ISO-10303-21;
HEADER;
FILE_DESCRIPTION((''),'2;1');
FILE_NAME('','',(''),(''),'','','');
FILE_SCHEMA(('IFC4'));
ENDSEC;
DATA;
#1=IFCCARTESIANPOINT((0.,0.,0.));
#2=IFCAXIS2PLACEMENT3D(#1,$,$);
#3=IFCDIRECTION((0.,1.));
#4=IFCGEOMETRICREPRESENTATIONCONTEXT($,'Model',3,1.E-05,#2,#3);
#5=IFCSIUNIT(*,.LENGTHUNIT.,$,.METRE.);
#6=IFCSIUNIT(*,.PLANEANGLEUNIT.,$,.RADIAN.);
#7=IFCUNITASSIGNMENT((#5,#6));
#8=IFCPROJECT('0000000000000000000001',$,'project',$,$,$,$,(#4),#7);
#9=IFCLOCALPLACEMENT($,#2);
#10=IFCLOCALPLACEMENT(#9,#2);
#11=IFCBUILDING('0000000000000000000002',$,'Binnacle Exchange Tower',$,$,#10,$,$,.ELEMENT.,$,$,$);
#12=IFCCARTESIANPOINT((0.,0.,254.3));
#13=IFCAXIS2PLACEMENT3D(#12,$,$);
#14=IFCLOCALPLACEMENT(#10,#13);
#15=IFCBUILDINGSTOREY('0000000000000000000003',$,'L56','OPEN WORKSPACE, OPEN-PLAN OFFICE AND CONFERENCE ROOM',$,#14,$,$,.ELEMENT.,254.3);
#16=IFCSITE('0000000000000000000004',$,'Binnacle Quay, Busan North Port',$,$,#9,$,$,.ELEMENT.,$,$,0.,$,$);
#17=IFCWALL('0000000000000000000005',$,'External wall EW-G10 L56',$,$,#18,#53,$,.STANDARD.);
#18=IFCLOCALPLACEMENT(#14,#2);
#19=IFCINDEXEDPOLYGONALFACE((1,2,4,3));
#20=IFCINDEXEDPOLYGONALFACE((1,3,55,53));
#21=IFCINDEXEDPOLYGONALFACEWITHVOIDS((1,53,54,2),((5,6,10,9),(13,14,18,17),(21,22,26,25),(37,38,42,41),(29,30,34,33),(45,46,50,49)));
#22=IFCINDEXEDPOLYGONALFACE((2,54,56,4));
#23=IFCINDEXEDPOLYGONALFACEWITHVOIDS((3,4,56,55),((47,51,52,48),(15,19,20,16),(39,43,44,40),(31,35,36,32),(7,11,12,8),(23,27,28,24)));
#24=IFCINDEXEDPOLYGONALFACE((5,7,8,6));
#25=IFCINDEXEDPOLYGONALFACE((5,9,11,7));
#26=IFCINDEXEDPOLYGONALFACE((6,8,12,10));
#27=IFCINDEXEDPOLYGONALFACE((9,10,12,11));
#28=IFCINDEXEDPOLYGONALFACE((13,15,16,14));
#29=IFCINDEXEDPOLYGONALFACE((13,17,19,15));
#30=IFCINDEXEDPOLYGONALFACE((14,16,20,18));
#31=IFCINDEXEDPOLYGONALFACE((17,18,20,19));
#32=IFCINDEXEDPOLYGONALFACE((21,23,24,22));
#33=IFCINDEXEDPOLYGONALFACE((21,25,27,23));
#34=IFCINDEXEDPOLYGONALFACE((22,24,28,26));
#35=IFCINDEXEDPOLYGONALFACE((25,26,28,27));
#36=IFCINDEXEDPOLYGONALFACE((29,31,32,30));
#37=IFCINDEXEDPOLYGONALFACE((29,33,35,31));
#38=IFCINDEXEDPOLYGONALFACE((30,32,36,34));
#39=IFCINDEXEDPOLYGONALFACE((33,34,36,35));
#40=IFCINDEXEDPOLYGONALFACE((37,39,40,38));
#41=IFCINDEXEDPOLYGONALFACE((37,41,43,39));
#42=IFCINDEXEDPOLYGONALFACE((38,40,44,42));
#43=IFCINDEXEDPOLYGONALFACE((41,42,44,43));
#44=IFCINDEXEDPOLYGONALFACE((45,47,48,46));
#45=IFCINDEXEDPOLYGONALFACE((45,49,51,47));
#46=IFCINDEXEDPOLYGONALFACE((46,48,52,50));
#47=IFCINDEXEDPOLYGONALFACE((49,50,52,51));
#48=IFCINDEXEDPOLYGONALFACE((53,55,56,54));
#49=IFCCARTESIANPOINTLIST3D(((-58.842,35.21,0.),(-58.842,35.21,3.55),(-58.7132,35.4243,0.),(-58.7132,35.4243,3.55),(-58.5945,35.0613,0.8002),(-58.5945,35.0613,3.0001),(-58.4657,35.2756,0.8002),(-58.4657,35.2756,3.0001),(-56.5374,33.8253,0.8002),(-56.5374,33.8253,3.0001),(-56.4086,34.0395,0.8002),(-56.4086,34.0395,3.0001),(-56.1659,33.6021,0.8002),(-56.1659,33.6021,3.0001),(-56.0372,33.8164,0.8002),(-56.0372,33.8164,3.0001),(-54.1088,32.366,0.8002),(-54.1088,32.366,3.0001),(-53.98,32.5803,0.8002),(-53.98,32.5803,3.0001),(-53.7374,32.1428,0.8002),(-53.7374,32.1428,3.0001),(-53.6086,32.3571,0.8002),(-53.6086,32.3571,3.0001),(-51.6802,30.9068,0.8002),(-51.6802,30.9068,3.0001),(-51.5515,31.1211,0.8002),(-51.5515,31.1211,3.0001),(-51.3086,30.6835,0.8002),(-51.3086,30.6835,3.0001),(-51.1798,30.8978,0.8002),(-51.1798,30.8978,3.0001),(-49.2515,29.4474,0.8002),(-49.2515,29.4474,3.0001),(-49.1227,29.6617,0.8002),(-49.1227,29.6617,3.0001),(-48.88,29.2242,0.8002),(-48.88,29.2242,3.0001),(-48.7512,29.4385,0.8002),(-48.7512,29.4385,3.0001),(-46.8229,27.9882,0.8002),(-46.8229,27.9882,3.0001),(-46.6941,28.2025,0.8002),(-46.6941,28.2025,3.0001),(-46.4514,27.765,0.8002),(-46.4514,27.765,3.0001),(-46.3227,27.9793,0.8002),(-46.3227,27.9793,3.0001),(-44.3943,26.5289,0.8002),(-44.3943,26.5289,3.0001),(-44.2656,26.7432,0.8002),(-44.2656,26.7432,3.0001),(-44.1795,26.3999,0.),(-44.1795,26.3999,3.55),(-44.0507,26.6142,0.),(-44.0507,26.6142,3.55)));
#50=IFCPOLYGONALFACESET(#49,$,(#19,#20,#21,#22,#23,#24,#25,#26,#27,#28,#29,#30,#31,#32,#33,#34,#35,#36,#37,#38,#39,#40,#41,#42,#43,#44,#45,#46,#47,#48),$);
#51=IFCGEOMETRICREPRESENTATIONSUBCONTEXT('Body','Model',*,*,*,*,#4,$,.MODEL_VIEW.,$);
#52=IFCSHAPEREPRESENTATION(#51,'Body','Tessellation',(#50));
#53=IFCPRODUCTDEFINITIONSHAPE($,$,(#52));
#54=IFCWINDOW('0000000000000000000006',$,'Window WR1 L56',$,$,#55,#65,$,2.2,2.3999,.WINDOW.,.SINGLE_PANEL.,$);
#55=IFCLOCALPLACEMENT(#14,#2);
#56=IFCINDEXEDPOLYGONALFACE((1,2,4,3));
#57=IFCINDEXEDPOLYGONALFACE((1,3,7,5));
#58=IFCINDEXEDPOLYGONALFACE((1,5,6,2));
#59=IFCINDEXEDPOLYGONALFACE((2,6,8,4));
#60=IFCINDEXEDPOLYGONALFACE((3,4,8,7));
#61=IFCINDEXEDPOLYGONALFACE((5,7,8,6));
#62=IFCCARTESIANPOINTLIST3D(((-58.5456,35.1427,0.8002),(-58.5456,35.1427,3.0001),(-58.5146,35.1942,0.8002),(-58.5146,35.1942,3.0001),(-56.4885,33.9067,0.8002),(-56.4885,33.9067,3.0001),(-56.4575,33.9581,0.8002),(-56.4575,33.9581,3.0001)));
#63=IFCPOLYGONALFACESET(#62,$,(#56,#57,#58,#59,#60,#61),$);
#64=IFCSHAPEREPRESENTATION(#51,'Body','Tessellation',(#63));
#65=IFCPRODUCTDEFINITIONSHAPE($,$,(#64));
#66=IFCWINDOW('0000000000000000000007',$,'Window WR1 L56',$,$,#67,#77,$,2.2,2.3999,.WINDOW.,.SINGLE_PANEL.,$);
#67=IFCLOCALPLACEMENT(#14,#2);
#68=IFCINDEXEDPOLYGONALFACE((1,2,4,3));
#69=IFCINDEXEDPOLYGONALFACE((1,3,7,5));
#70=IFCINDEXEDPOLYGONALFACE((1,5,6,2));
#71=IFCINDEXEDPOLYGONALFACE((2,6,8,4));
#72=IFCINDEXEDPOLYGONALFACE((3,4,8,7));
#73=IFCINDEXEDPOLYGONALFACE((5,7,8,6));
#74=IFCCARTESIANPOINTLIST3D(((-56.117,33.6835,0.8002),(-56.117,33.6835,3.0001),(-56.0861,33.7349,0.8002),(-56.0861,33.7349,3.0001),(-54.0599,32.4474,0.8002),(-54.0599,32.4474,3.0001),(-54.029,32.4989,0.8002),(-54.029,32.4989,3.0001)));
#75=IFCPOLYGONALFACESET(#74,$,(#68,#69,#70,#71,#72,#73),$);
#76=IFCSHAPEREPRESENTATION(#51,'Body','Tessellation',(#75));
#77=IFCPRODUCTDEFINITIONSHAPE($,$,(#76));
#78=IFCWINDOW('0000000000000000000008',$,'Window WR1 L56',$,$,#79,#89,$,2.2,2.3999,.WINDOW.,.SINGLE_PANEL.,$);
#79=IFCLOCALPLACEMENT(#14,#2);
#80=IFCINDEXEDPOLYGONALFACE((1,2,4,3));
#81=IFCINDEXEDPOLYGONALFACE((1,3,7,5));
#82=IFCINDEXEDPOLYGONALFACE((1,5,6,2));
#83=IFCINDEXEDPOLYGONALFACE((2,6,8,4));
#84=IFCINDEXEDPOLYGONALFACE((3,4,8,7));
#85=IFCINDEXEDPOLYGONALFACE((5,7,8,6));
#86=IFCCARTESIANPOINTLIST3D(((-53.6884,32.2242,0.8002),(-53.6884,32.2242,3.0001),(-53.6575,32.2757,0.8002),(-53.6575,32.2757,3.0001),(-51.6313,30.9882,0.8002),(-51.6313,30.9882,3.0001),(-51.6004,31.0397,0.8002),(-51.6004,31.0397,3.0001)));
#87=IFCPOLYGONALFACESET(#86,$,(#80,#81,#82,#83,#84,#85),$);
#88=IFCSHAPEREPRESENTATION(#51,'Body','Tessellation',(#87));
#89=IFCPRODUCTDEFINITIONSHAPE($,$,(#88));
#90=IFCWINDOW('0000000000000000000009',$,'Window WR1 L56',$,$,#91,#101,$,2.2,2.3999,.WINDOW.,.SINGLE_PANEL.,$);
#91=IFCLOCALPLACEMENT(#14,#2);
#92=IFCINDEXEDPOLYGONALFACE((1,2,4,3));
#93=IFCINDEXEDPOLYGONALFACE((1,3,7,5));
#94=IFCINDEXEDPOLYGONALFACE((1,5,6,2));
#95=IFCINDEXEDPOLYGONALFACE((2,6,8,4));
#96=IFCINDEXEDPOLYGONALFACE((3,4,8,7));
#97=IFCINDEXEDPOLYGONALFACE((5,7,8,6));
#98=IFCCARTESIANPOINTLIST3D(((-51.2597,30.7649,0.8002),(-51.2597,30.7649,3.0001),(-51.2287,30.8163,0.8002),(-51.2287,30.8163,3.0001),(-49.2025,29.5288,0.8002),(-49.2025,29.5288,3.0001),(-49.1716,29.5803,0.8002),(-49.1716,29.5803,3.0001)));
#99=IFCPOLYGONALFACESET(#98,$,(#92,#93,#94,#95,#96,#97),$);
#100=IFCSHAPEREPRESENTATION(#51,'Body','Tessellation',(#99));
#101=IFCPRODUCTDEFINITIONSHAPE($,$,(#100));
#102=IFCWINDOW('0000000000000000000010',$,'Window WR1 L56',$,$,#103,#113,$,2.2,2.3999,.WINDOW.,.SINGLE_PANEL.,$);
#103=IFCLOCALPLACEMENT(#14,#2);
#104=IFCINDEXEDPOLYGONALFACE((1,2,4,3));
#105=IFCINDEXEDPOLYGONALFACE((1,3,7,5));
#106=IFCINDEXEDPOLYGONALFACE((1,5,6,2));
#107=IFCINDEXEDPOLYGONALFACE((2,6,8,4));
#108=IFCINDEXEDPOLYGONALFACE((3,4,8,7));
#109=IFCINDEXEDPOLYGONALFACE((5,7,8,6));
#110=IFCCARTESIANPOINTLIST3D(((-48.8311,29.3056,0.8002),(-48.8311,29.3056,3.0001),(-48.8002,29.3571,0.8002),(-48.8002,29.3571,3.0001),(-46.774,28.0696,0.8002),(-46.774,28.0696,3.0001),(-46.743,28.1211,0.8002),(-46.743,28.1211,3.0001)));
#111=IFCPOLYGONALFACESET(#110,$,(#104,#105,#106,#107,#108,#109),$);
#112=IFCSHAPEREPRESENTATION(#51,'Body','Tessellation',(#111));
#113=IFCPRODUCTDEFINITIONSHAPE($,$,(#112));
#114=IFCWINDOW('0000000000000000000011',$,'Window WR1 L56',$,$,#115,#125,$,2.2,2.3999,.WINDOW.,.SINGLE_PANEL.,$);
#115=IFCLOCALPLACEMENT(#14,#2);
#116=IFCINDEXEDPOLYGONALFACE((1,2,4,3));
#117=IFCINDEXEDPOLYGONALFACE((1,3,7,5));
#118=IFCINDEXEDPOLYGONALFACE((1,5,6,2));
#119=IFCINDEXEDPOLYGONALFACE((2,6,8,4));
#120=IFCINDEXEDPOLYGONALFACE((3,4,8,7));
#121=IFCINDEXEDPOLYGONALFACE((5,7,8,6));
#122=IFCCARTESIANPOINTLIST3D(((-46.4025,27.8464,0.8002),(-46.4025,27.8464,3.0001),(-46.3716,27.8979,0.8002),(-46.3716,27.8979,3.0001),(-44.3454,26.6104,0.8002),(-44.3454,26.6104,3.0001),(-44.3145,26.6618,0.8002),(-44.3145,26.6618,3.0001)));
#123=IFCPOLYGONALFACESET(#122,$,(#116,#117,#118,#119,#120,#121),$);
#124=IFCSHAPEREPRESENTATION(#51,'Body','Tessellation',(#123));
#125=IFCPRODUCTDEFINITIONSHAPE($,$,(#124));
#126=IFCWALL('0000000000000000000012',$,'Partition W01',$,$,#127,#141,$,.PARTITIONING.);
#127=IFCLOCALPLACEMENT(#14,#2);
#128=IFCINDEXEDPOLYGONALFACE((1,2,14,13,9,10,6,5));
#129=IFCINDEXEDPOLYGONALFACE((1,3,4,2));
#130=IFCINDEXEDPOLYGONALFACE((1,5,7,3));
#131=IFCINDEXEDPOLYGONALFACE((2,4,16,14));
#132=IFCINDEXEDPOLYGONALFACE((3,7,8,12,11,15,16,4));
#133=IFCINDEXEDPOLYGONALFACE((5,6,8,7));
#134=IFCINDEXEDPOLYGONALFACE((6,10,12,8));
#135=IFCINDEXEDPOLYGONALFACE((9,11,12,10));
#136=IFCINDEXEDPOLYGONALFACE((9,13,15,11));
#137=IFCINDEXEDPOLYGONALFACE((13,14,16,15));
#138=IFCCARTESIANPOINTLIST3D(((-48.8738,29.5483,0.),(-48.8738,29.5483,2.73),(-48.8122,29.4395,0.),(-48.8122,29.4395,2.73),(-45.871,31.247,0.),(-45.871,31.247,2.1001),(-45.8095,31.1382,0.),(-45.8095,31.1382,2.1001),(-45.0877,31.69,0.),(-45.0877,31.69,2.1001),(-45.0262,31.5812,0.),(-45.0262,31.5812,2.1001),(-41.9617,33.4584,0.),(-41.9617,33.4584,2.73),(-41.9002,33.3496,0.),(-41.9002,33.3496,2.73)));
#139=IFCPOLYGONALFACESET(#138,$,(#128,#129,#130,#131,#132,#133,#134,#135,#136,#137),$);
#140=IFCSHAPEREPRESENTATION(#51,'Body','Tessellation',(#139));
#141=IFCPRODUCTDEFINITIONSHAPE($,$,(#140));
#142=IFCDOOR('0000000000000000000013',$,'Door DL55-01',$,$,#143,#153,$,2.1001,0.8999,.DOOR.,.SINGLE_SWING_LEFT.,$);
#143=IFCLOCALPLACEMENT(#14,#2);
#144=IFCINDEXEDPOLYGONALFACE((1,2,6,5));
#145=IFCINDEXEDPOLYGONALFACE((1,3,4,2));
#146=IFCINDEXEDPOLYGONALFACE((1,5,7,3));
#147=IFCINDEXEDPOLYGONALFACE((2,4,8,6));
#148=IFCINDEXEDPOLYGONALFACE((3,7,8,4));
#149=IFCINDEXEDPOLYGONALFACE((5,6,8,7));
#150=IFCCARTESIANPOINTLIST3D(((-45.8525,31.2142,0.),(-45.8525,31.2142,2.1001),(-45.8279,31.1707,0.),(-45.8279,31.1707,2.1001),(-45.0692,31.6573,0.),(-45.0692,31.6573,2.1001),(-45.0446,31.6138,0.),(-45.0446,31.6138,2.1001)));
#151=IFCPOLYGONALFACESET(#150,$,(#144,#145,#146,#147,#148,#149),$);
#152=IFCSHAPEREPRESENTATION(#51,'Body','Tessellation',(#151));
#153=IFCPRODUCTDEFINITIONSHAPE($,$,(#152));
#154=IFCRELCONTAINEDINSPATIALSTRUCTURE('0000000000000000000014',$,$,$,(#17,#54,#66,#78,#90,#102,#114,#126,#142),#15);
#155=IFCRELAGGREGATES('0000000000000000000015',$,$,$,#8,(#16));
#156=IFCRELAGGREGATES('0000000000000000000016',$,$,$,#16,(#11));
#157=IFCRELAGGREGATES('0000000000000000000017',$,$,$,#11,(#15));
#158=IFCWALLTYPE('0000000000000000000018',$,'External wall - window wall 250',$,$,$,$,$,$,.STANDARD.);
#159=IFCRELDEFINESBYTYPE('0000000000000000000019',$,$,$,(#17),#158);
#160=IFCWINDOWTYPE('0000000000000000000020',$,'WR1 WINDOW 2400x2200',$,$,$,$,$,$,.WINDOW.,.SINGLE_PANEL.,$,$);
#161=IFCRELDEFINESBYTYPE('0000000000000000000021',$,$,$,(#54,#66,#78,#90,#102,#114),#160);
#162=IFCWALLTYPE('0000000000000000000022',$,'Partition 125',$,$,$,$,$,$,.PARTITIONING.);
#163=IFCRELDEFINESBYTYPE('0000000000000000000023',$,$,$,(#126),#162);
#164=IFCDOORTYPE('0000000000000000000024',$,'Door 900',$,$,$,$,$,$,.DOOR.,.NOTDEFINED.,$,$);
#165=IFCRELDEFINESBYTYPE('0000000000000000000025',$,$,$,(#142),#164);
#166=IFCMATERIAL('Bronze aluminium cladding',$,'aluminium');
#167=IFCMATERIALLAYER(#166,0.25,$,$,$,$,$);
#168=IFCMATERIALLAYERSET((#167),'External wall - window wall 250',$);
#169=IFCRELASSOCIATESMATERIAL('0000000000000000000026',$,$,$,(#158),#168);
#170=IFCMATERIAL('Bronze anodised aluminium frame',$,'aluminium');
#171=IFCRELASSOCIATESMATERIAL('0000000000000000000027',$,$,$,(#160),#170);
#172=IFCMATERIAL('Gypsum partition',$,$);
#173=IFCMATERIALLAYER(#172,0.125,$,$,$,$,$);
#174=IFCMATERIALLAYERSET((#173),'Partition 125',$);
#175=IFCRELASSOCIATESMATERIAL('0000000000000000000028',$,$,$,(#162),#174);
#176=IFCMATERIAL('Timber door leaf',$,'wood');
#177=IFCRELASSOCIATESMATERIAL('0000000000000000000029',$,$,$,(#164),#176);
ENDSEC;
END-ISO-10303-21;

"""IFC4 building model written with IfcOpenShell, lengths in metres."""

from ifc_helpers import new_model, si_unit, direction, frame, frame_2d, origin, place, context, subcontext, project, spatial, rectangle, extrude, material, layer, layer_set, type_object, element, fill, save


model = new_model("IFC4")

# Units and contexts
model_context = context("Model", 3, precision=1e-05, world=origin(), true_north=direction((0.0, 1.0)))
body_context = subcontext(model_context, "Body", "Model", "MODEL_VIEW")
ifc_project = project(units=[si_unit("LENGTHUNIT", "METRE"), si_unit("PLANEANGLEUNIT", "RADIAN")], contexts=[model_context])

# Site, building, storey
site_placement = place(None, origin())
site = spatial("IfcSite", under=ifc_project, at=site_placement, Name="Binnacle Quay, Busan North Port", CompositionType="ELEMENT", RefElevation=0.0)
building_placement = place(site_placement, origin())
building = spatial("IfcBuilding", under=site, at=building_placement, Name="Binnacle Exchange Tower", CompositionType="ELEMENT")
storey_placement = place(building_placement, frame((0.0, 0.0, 254.3)))
storey = spatial("IfcBuildingStorey", under=building, at=storey_placement, Name="L56", Description="OPEN WORKSPACE, OPEN-PLAN OFFICE AND CONFERENCE ROOM", CompositionType="ELEMENT", Elevation=254.3)

# Shared definitions
ifc_material_1 = material(Name="Bronze aluminium cladding", Category="aluminium")
ifc_layer_1 = layer(ifc_material_1, 0.25)
ifc_layer_set_1 = layer_set([ifc_layer_1], Name="External wall - window wall 250")
wall_type_1 = type_object("IfcWallType", Name="External wall - window wall 250", PredefinedType="STANDARD", material=ifc_layer_set_1)

# Wall, openings, windows
wall_1_placement = place(storey_placement, frame((-44.1152, 26.5071, 0.0), z_axis=(0.0, 0.0, 1.0), x_axis=(-0.857167, 0.515039, 0.0)))
wall_1 = element("IfcWall", 1, at=wall_1_placement, inside=storey, type_object=wall_type_1, Name="External wall EW-G10 L56", PredefinedType="STANDARD", context=body_context, shape_type="SweptSolid", body=[
    extrude(rectangle(XDim=17.1057, YDim=0.25, at=frame_2d((8.5527, 0.0))), origin(), (0.0, 0.0, 1.0), 3.55),
])
opening_1_placement = place(wall_1_placement, frame((14.417, 0.0, 0.8)))
opening_1 = element("IfcOpeningElement", 2, at=opening_1_placement, cuts=wall_1, PredefinedType="OPENING", context=body_context, shape_type="SweptSolid", body=[
    extrude(rectangle(XDim=2.3999, YDim=2.2, at=frame_2d((1.2, 1.1001))), frame((0.0, 0.135, 0.0), z_axis=(0.0, -1.0, 0.0), x_axis=(1.0, 0.0, 0.0)), (0.0, 0.0, 1.0), 0.27),
])
opening_2_placement = place(wall_1_placement, frame((11.5837, 0.0, 0.8)))
opening_2 = element("IfcOpeningElement", 3, at=opening_2_placement, cuts=wall_1, PredefinedType="OPENING", context=body_context, shape_type="SweptSolid", body=[
    extrude(rectangle(XDim=2.3999, YDim=2.2, at=frame_2d((1.2, 1.1001))), frame((0.0, 0.135, 0.0), z_axis=(0.0, -1.0, 0.0), x_axis=(1.0, 0.0, 0.0)), (0.0, 0.0, 1.0), 0.27),
])
opening_3_placement = place(wall_1_placement, frame((8.7505, 0.0, 0.8)))
opening_3 = element("IfcOpeningElement", 4, at=opening_3_placement, cuts=wall_1, PredefinedType="OPENING", context=body_context, shape_type="SweptSolid", body=[
    extrude(rectangle(XDim=2.3999, YDim=2.2, at=frame_2d((1.2, 1.1001))), frame((0.0, 0.135, 0.0), z_axis=(0.0, -1.0, 0.0), x_axis=(1.0, 0.0, 0.0)), (0.0, 0.0, 1.0), 0.27),
])
opening_4_placement = place(wall_1_placement, frame((5.917, 0.0, 0.8)))
opening_4 = element("IfcOpeningElement", 5, at=opening_4_placement, cuts=wall_1, PredefinedType="OPENING", context=body_context, shape_type="SweptSolid", body=[
    extrude(rectangle(XDim=2.3999, YDim=2.2, at=frame_2d((1.2, 1.1001))), frame((0.0, 0.135, 0.0), z_axis=(0.0, -1.0, 0.0), x_axis=(1.0, 0.0, 0.0)), (0.0, 0.0, 1.0), 0.27),
])
opening_5_placement = place(wall_1_placement, frame((3.0837, 0.0, 0.8)))
opening_5 = element("IfcOpeningElement", 6, at=opening_5_placement, cuts=wall_1, PredefinedType="OPENING", context=body_context, shape_type="SweptSolid", body=[
    extrude(rectangle(XDim=2.3999, YDim=2.2, at=frame_2d((1.2, 1.1001))), frame((0.0, 0.135, 0.0), z_axis=(0.0, -1.0, 0.0), x_axis=(1.0, 0.0, 0.0)), (0.0, 0.0, 1.0), 0.27),
])
opening_6_placement = place(wall_1_placement, frame((0.2505, 0.0, 0.8)))
opening_6 = element("IfcOpeningElement", 7, at=opening_6_placement, cuts=wall_1, PredefinedType="OPENING", context=body_context, shape_type="SweptSolid", body=[
    extrude(rectangle(XDim=2.3999, YDim=2.2, at=frame_2d((1.2, 1.1001))), frame((0.0, 0.135, 0.0), z_axis=(0.0, -1.0, 0.0), x_axis=(1.0, 0.0, 0.0)), (0.0, 0.0, 1.0), 0.27),
])
ifc_material_2 = material(Name="Bronze anodised aluminium frame", Category="aluminium")
window_type = type_object("IfcWindowType", Name="WR1 WINDOW 2400x2200", PartitioningType="SINGLE_PANEL", PredefinedType="WINDOW", material=ifc_material_2)
window_1_placement = place(opening_1_placement, origin())
window_1 = element("IfcWindow", 8, at=window_1_placement, inside=storey, type_object=window_type, Name="Window WR1 L56", OverallHeight=2.2, OverallWidth=2.3999, PartitioningType="SINGLE_PANEL", PredefinedType="WINDOW", context=body_context, shape_type="SweptSolid", body=[
    extrude(rectangle(XDim=2.3999, YDim=2.2, at=frame_2d((1.2, 1.1001))), frame((0.0, 0.03, 0.0), z_axis=(0.0, -1.0, 0.0), x_axis=(1.0, 0.0, 0.0)), (0.0, 0.0, 1.0), 0.0601),
])
fill(opening_1, window_1)
window_2_placement = place(opening_2_placement, origin())
window_2 = element("IfcWindow", 9, at=window_2_placement, inside=storey, type_object=window_type, Name="Window WR1 L56", OverallHeight=2.2, OverallWidth=2.3999, PartitioningType="SINGLE_PANEL", PredefinedType="WINDOW", context=body_context, shape_type="SweptSolid", body=[
    extrude(rectangle(XDim=2.3999, YDim=2.2, at=frame_2d((1.2, 1.1001))), frame((0.0, 0.03, 0.0), z_axis=(0.0, -1.0, 0.0), x_axis=(1.0, 0.0, 0.0)), (0.0, 0.0, 1.0), 0.0601),
])
fill(opening_2, window_2)
window_3_placement = place(opening_3_placement, origin())
window_3 = element("IfcWindow", 10, at=window_3_placement, inside=storey, type_object=window_type, Name="Window WR1 L56", OverallHeight=2.2, OverallWidth=2.3999, PartitioningType="SINGLE_PANEL", PredefinedType="WINDOW", context=body_context, shape_type="SweptSolid", body=[
    extrude(rectangle(XDim=2.3999, YDim=2.2, at=frame_2d((1.2, 1.1001))), frame((0.0, 0.03, 0.0), z_axis=(0.0, -1.0, 0.0), x_axis=(1.0, 0.0, 0.0)), (0.0, 0.0, 1.0), 0.0601),
])
fill(opening_3, window_3)
window_4_placement = place(opening_4_placement, origin())
window_4 = element("IfcWindow", 11, at=window_4_placement, inside=storey, type_object=window_type, Name="Window WR1 L56", OverallHeight=2.2, OverallWidth=2.3999, PartitioningType="SINGLE_PANEL", PredefinedType="WINDOW", context=body_context, shape_type="SweptSolid", body=[
    extrude(rectangle(XDim=2.3999, YDim=2.2, at=frame_2d((1.2, 1.1001))), frame((0.0, 0.03, 0.0), z_axis=(0.0, -1.0, 0.0), x_axis=(1.0, 0.0, 0.0)), (0.0, 0.0, 1.0), 0.0601),
])
fill(opening_4, window_4)
window_5_placement = place(opening_5_placement, origin())
window_5 = element("IfcWindow", 12, at=window_5_placement, inside=storey, type_object=window_type, Name="Window WR1 L56", OverallHeight=2.2, OverallWidth=2.3999, PartitioningType="SINGLE_PANEL", PredefinedType="WINDOW", context=body_context, shape_type="SweptSolid", body=[
    extrude(rectangle(XDim=2.3999, YDim=2.2, at=frame_2d((1.2, 1.1001))), frame((0.0, 0.03, 0.0), z_axis=(0.0, -1.0, 0.0), x_axis=(1.0, 0.0, 0.0)), (0.0, 0.0, 1.0), 0.0601),
])
fill(opening_5, window_5)
window_6_placement = place(opening_6_placement, origin())
window_6 = element("IfcWindow", 13, at=window_6_placement, inside=storey, type_object=window_type, Name="Window WR1 L56", OverallHeight=2.2, OverallWidth=2.3999, PartitioningType="SINGLE_PANEL", PredefinedType="WINDOW", context=body_context, shape_type="SweptSolid", body=[
    extrude(rectangle(XDim=2.3999, YDim=2.2, at=frame_2d((1.2, 1.1001))), frame((0.0, 0.03, 0.0), z_axis=(0.0, -1.0, 0.0), x_axis=(1.0, 0.0, 0.0)), (0.0, 0.0, 1.0), 0.0601),
])
fill(opening_6, window_6)

# Wall, opening, door
ifc_material_3 = material(Name="Gypsum partition")
ifc_layer_2 = layer(ifc_material_3, 0.125)
ifc_layer_set_2 = layer_set([ifc_layer_2], Name="Partition 125")
wall_type_2 = type_object("IfcWallType", Name="Partition 125", PredefinedType="PARTITIONING", material=ifc_layer_set_2)
wall_2_placement = place(storey_placement, frame((-48.843, 29.4939, 0.0), z_axis=(0.0, 0.0, 1.0), x_axis=(0.870384, 0.492373, 0.0)))
wall_2 = element("IfcWall", 14, at=wall_2_placement, inside=storey, type_object=wall_type_2, Name="Partition W01", PredefinedType="PARTITIONING", context=body_context, shape_type="SweptSolid", body=[
    extrude(rectangle(XDim=7.9414, YDim=0.125, at=frame_2d((3.9707, 0.0))), origin(), (0.0, 0.0, 1.0), 2.73),
])
opening_7_placement = place(wall_2_placement, frame((3.45, 0.0, 0.0)))
opening_7 = element("IfcOpeningElement", 15, at=opening_7_placement, cuts=wall_2, PredefinedType="OPENING", context=body_context, shape_type="SweptSolid", body=[
    extrude(rectangle(XDim=0.8999, YDim=2.1001, at=frame_2d((0.45, 1.05))), frame((0.0, 0.0725, 0.0), z_axis=(0.0, -1.0, 0.0), x_axis=(1.0, 0.0, 0.0)), (0.0, 0.0, 1.0), 0.145),
])
ifc_material_4 = material(Name="Timber door leaf", Category="wood")
door_type_1 = type_object("IfcDoorType", Name="Door 900", OperationType="NOTDEFINED", PredefinedType="DOOR", material=ifc_material_4)
door_1_placement = place(opening_7_placement, origin())
door_1 = element("IfcDoor", 16, at=door_1_placement, inside=storey, type_object=door_type_1, Name="Door DL55-01", OperationType="SINGLE_SWING_LEFT", OverallHeight=2.1001, OverallWidth=0.8999, PredefinedType="DOOR", context=body_context, shape_type="SweptSolid", body=[
    extrude(rectangle(XDim=0.8999, YDim=2.1001, at=frame_2d((0.45, 1.05))), frame((0.0, 0.0249, 0.0), z_axis=(0.0, -1.0, 0.0), x_axis=(1.0, 0.0, 0.0)), (0.0, 0.0, 1.0), 0.05),
])
fill(opening_7, door_1)

save(model, "model.ifc")
